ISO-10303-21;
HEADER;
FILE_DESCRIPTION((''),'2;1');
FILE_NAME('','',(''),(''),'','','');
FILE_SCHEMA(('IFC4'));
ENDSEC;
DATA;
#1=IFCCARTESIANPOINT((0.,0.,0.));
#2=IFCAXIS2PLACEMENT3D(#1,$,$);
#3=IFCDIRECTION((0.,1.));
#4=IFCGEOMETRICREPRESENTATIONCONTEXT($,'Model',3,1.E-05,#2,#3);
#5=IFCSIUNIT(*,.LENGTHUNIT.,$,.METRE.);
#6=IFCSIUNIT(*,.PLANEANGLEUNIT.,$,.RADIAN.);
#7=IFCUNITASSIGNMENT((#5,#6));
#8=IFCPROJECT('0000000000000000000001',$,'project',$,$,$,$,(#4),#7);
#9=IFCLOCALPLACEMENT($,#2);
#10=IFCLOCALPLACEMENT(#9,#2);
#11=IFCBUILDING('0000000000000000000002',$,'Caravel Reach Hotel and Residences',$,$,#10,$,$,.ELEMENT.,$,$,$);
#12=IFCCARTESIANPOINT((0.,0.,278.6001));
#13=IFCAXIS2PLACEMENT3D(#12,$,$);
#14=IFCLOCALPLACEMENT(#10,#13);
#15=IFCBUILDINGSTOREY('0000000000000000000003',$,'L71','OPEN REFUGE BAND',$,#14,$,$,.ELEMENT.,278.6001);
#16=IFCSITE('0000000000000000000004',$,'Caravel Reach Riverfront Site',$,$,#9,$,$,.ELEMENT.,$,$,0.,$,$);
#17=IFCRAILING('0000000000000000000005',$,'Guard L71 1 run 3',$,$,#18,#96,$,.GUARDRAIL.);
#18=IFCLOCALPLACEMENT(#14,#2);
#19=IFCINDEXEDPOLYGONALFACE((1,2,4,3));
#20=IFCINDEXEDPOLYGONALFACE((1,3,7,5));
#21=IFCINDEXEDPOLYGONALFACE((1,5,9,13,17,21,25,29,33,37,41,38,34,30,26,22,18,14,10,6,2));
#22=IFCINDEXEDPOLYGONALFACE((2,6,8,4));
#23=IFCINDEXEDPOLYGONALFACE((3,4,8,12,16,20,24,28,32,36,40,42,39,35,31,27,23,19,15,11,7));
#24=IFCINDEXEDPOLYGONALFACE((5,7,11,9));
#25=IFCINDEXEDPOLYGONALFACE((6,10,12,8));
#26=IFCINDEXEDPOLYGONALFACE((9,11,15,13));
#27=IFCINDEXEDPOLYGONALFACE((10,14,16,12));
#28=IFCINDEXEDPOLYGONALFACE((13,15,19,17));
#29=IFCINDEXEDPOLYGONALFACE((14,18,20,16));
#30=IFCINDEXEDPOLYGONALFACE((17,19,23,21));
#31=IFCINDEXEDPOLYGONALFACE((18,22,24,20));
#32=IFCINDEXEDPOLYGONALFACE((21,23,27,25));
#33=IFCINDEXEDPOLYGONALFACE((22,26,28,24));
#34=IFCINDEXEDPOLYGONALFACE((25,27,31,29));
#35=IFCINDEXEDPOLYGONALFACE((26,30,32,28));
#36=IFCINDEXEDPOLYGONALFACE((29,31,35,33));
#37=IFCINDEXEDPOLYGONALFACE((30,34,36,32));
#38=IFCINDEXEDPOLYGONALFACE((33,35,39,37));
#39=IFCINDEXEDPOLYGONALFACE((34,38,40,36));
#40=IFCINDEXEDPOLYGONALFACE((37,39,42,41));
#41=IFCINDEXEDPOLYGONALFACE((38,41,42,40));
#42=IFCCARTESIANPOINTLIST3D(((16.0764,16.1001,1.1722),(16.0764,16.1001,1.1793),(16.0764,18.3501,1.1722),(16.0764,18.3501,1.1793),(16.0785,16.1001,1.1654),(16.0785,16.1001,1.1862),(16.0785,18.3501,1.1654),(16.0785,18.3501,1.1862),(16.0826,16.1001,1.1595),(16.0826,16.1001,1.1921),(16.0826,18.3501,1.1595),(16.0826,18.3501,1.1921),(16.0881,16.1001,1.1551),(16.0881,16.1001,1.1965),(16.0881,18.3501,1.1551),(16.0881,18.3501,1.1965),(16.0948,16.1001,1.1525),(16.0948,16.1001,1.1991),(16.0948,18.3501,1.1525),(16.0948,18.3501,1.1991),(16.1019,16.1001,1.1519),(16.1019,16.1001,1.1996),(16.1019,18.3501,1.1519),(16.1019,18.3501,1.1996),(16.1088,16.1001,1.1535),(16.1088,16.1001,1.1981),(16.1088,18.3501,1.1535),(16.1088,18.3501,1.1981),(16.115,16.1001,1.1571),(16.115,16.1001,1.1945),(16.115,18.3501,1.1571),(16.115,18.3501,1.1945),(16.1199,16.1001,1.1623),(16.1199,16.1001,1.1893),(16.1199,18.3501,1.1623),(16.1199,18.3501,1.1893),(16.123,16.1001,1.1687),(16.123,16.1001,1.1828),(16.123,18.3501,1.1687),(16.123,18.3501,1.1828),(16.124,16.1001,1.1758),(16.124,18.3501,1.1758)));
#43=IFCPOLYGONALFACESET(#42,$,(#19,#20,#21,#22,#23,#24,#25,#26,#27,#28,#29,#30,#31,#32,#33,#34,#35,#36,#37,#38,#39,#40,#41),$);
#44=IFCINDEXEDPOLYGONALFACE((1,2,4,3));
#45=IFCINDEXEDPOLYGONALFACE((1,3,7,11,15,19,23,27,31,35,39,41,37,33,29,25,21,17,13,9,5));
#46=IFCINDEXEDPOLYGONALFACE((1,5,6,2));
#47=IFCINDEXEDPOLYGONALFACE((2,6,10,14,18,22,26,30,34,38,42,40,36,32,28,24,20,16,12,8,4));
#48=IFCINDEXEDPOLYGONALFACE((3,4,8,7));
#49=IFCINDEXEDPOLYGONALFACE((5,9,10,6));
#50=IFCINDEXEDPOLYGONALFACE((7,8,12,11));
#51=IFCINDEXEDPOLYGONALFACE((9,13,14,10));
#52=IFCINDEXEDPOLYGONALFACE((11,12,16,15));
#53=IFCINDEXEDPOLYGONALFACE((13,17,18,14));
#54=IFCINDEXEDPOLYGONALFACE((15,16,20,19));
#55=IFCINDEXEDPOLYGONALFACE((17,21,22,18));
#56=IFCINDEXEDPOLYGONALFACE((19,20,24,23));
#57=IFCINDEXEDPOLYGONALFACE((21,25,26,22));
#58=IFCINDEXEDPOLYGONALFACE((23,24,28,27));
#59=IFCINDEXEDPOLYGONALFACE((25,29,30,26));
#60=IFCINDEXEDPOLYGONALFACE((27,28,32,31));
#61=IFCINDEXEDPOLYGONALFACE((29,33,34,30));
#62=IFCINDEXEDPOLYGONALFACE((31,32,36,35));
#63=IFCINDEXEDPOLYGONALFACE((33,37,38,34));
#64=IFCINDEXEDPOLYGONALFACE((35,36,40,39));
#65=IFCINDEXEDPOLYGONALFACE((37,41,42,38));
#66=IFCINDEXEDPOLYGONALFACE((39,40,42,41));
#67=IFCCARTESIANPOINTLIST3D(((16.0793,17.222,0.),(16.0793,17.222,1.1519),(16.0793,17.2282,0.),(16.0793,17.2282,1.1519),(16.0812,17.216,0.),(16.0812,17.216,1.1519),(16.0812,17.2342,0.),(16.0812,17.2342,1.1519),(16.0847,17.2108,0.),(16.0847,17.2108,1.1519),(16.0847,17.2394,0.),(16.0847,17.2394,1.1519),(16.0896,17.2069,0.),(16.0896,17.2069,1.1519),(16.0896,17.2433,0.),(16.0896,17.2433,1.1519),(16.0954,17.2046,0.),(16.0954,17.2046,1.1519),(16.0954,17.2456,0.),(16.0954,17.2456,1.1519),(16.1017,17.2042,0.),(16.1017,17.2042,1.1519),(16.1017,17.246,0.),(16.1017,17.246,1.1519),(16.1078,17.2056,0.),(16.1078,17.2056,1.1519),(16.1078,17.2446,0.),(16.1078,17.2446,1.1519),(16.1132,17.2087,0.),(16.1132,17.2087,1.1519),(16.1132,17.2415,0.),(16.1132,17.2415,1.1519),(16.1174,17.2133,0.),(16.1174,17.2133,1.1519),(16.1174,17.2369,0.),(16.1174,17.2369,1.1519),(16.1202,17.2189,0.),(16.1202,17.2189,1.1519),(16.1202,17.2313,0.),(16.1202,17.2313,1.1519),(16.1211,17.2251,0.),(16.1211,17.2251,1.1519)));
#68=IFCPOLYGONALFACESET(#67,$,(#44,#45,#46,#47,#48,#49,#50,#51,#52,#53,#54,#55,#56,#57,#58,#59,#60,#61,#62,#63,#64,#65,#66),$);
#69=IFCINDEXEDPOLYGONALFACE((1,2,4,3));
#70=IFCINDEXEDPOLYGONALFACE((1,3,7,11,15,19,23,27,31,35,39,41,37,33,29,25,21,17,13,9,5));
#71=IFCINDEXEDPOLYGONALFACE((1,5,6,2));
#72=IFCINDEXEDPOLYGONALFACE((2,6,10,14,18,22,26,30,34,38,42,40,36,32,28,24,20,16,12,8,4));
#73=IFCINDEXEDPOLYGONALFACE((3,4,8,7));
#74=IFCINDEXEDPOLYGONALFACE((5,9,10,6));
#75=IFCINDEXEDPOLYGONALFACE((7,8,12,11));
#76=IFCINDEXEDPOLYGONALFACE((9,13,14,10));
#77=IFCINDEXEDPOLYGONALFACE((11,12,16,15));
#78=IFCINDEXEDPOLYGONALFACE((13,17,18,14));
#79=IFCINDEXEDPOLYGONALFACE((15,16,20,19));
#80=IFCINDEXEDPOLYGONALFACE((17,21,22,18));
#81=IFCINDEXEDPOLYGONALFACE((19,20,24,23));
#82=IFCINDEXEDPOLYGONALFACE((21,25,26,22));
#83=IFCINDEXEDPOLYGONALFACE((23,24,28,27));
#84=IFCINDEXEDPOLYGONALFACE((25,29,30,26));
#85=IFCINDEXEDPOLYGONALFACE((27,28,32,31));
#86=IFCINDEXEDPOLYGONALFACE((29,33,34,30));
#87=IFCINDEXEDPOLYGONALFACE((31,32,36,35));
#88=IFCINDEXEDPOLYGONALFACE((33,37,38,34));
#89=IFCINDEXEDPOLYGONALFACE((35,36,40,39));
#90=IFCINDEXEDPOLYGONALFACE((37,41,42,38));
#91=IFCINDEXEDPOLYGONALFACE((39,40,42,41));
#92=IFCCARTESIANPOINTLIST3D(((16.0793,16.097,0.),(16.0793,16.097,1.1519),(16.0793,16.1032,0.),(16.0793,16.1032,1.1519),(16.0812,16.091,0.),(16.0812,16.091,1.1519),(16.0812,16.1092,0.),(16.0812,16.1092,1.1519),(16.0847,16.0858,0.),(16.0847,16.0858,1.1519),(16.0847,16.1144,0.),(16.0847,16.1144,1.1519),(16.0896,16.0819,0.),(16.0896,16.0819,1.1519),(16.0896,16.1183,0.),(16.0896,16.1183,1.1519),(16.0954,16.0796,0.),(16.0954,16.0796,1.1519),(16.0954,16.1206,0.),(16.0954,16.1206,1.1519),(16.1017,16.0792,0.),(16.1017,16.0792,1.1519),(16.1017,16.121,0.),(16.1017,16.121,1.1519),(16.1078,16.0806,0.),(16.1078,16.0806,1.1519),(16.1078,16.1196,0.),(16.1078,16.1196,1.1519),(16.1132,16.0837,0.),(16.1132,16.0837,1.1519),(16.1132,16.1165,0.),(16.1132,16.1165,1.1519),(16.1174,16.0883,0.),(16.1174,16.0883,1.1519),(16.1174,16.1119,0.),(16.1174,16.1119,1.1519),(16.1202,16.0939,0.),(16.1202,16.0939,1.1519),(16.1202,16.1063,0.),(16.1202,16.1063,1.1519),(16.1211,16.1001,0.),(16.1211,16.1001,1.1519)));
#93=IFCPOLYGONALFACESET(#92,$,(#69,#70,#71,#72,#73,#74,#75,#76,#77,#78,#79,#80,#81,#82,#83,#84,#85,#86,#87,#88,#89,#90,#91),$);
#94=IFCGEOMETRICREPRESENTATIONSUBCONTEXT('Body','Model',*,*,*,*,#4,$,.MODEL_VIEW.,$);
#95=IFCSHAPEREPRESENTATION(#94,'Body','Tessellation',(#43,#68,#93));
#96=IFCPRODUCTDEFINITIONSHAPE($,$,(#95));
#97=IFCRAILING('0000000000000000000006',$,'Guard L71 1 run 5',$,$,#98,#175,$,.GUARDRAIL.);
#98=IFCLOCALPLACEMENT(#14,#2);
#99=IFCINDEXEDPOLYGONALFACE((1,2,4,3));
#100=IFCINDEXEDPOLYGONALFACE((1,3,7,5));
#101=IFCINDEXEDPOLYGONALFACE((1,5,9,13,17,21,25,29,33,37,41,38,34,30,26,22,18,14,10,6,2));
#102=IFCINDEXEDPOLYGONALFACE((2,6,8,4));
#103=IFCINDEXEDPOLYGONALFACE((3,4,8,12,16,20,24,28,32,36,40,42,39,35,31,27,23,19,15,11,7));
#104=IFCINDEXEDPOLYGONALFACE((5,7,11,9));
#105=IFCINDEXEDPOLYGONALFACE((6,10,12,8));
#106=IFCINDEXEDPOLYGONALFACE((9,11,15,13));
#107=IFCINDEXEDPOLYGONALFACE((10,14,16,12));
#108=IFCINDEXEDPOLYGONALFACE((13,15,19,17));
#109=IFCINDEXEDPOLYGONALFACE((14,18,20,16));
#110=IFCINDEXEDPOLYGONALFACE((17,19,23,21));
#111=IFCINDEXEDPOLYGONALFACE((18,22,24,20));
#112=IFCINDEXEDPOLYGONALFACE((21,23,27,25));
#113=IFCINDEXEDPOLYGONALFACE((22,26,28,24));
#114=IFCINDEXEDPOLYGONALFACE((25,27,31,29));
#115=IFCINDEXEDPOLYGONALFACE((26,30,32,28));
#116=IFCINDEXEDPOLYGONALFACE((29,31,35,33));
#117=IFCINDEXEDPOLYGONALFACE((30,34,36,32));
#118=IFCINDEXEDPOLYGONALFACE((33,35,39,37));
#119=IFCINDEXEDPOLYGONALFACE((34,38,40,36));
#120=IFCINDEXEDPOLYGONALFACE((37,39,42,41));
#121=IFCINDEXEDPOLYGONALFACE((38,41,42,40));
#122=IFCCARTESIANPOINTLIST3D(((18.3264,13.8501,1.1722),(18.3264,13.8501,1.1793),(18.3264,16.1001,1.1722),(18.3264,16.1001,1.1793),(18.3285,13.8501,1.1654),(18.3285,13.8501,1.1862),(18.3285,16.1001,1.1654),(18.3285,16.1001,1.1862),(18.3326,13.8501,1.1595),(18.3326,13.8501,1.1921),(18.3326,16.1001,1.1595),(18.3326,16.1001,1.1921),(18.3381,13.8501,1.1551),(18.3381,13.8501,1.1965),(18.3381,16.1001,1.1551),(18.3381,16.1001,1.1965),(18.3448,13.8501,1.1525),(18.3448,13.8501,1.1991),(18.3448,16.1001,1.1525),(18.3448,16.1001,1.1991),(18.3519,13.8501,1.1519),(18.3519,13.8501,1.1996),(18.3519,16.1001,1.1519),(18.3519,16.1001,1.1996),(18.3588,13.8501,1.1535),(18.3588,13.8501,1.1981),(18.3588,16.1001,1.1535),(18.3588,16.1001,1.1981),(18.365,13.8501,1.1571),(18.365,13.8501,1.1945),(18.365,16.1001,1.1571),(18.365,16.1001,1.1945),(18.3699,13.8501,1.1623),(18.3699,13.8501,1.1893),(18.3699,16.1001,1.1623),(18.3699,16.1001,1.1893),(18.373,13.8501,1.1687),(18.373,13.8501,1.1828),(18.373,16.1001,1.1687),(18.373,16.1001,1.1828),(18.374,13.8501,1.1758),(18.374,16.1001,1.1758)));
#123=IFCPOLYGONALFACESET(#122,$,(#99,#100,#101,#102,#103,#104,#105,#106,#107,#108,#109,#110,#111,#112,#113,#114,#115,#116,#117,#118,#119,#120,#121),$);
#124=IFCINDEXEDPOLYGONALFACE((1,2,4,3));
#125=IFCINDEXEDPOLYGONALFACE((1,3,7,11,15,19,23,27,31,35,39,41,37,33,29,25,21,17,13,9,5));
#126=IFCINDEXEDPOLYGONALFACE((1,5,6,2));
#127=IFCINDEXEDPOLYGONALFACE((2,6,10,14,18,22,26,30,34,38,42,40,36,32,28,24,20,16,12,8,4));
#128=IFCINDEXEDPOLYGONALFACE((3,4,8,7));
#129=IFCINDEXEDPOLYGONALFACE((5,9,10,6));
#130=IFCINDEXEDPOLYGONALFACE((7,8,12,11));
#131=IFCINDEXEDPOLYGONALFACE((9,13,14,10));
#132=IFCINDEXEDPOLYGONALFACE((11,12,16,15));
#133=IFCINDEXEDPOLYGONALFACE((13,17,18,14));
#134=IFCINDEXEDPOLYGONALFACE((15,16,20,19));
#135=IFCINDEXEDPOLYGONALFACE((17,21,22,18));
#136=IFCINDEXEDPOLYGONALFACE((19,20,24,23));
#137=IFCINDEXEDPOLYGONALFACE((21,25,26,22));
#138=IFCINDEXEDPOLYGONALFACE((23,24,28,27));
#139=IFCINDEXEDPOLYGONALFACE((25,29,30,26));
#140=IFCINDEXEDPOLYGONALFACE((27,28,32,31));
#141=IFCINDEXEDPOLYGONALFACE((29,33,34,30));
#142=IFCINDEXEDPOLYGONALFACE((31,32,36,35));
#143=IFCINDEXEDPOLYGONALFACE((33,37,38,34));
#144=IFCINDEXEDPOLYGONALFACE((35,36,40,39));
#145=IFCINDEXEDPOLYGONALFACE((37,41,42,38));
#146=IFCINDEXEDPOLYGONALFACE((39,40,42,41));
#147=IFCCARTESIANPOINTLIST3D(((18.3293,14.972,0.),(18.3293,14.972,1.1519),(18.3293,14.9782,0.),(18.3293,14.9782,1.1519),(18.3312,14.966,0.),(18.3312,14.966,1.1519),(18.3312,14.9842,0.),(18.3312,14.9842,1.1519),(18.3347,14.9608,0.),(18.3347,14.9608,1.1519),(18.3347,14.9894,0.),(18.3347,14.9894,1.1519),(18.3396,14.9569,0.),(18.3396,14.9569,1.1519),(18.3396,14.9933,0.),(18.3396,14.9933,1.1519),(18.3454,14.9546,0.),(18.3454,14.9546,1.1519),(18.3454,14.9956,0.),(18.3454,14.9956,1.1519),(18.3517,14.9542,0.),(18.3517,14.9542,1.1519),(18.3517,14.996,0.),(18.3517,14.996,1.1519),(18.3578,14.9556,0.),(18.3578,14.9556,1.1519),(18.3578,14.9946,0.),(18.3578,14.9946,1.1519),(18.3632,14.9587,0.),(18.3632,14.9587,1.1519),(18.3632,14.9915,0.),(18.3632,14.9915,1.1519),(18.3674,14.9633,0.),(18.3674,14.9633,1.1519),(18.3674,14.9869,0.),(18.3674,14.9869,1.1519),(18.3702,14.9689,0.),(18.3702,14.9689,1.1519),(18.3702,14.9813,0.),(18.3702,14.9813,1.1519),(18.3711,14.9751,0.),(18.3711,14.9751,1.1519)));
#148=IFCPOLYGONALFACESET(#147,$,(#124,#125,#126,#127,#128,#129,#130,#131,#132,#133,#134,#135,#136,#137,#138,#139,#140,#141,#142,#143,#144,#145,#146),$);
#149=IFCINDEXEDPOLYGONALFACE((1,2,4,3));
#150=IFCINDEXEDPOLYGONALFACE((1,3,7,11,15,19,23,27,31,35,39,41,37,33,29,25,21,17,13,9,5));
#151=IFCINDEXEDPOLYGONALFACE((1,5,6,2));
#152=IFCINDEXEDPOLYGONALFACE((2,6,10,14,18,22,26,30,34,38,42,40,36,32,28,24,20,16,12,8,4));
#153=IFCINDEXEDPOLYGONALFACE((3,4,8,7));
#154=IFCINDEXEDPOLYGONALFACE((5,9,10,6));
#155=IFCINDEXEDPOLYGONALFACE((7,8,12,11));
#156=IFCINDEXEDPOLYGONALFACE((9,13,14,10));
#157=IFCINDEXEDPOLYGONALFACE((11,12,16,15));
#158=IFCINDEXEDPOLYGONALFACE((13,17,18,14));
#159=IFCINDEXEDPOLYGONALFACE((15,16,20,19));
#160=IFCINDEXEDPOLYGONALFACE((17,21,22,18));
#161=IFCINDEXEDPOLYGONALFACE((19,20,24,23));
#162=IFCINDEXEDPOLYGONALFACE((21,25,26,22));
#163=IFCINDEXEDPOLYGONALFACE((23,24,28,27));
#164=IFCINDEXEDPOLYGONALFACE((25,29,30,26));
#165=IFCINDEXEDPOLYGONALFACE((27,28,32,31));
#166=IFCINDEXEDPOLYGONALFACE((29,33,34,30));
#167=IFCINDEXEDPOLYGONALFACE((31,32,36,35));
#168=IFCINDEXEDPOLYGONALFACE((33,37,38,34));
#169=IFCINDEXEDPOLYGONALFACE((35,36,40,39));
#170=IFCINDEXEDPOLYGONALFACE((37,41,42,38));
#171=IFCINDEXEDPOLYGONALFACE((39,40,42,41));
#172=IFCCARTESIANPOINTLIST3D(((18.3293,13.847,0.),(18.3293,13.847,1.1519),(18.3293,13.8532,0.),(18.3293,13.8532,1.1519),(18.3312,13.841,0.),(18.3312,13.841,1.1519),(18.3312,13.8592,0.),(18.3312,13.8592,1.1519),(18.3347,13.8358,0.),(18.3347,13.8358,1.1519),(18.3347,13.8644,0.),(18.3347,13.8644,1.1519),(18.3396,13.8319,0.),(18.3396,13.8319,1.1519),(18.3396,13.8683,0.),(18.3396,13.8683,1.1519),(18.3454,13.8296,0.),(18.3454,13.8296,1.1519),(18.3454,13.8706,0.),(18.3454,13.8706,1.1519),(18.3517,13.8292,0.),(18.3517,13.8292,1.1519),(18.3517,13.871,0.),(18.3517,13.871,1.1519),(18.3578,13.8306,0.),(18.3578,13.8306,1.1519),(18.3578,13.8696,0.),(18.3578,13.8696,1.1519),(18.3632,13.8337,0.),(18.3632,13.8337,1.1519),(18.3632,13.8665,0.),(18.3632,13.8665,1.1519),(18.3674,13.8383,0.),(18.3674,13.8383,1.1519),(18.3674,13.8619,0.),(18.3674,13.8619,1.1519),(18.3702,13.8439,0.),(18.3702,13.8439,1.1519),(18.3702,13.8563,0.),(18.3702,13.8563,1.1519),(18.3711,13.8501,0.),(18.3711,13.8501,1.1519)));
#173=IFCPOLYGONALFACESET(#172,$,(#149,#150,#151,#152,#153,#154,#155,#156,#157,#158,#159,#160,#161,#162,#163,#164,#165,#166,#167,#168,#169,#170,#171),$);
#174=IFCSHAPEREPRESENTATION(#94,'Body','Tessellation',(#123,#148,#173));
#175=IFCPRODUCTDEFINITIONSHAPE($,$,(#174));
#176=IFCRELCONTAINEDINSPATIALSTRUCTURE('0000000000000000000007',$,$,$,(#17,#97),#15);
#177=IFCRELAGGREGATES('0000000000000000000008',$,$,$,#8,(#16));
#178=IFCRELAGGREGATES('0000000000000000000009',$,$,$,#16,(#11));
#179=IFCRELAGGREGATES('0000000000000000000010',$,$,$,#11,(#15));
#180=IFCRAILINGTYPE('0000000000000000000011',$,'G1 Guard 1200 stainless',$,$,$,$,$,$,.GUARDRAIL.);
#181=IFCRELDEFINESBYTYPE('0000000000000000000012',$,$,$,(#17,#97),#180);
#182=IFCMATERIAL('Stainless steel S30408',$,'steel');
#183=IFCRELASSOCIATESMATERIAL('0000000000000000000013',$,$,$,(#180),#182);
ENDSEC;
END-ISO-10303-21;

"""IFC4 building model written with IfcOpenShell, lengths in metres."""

from ifc_helpers import new_model, si_unit, direction, frame, origin, origin_2d, place, context, subcontext, project, spatial, circle, extrude, material, type_object, element, save


model = new_model("IFC4")

# Units and contexts
model_context = context("Model", 3, precision=1e-05, world=origin(), true_north=direction((0.0, 1.0)))
body_context = subcontext(model_context, "Body", "Model", "MODEL_VIEW")
ifc_project = project(units=[si_unit("LENGTHUNIT", "METRE"), si_unit("PLANEANGLEUNIT", "RADIAN")], contexts=[model_context])

# Site, building, storey
site_placement = place(None, origin())
site = spatial("IfcSite", under=ifc_project, at=site_placement, Name="Caravel Reach Riverfront Site", CompositionType="ELEMENT", RefElevation=0.0)
building_placement = place(site_placement, origin())
building = spatial("IfcBuilding", under=site, at=building_placement, Name="Caravel Reach Hotel and Residences", CompositionType="ELEMENT")
storey_placement = place(building_placement, frame((0.0, 0.0, 278.6001)))
storey = spatial("IfcBuildingStorey", under=building, at=storey_placement, Name="L71", Description="OPEN REFUGE BAND", CompositionType="ELEMENT", Elevation=278.6001)

# Railings
ifc_material_1 = material(Name="Stainless steel S30408", Category="steel")
railing_type_1 = type_object("IfcRailingType", Name="G1 Guard 1200 stainless", PredefinedType="GUARDRAIL", material=ifc_material_1)
for number, where, name in (
    (1, (16.1001, 18.3501, 0.0), "Guard L71 1 run 3"),
    (2, (18.3501, 16.1001, 0.0), "Guard L71 1 run 5"),
):
    element("IfcRailing", number, at=place(storey_placement, frame(where)), inside=storey, type_object=railing_type_1, Name=name, PredefinedType="GUARDRAIL", context=body_context, shape_type="SweptSolid", body=[
        extrude(circle(Radius=0.0239, at=origin_2d()), frame((0.0, 0.0, 1.1758), z_axis=(0.0, -1.0, 0.0), x_axis=(1.0, 0.0, 0.0)), (0.0, 0.0, 1.0), 2.25),
        extrude(circle(Radius=0.021, at=origin_2d()), frame((0.0, -1.125, 0.0)), (0.0, 0.0, 1.0), 1.1519),
        extrude(circle(Radius=0.021, at=origin_2d()), frame((0.0, -2.25, 0.0)), (0.0, 0.0, 1.0), 1.1519),
    ])

save(model, "model.ifc")
